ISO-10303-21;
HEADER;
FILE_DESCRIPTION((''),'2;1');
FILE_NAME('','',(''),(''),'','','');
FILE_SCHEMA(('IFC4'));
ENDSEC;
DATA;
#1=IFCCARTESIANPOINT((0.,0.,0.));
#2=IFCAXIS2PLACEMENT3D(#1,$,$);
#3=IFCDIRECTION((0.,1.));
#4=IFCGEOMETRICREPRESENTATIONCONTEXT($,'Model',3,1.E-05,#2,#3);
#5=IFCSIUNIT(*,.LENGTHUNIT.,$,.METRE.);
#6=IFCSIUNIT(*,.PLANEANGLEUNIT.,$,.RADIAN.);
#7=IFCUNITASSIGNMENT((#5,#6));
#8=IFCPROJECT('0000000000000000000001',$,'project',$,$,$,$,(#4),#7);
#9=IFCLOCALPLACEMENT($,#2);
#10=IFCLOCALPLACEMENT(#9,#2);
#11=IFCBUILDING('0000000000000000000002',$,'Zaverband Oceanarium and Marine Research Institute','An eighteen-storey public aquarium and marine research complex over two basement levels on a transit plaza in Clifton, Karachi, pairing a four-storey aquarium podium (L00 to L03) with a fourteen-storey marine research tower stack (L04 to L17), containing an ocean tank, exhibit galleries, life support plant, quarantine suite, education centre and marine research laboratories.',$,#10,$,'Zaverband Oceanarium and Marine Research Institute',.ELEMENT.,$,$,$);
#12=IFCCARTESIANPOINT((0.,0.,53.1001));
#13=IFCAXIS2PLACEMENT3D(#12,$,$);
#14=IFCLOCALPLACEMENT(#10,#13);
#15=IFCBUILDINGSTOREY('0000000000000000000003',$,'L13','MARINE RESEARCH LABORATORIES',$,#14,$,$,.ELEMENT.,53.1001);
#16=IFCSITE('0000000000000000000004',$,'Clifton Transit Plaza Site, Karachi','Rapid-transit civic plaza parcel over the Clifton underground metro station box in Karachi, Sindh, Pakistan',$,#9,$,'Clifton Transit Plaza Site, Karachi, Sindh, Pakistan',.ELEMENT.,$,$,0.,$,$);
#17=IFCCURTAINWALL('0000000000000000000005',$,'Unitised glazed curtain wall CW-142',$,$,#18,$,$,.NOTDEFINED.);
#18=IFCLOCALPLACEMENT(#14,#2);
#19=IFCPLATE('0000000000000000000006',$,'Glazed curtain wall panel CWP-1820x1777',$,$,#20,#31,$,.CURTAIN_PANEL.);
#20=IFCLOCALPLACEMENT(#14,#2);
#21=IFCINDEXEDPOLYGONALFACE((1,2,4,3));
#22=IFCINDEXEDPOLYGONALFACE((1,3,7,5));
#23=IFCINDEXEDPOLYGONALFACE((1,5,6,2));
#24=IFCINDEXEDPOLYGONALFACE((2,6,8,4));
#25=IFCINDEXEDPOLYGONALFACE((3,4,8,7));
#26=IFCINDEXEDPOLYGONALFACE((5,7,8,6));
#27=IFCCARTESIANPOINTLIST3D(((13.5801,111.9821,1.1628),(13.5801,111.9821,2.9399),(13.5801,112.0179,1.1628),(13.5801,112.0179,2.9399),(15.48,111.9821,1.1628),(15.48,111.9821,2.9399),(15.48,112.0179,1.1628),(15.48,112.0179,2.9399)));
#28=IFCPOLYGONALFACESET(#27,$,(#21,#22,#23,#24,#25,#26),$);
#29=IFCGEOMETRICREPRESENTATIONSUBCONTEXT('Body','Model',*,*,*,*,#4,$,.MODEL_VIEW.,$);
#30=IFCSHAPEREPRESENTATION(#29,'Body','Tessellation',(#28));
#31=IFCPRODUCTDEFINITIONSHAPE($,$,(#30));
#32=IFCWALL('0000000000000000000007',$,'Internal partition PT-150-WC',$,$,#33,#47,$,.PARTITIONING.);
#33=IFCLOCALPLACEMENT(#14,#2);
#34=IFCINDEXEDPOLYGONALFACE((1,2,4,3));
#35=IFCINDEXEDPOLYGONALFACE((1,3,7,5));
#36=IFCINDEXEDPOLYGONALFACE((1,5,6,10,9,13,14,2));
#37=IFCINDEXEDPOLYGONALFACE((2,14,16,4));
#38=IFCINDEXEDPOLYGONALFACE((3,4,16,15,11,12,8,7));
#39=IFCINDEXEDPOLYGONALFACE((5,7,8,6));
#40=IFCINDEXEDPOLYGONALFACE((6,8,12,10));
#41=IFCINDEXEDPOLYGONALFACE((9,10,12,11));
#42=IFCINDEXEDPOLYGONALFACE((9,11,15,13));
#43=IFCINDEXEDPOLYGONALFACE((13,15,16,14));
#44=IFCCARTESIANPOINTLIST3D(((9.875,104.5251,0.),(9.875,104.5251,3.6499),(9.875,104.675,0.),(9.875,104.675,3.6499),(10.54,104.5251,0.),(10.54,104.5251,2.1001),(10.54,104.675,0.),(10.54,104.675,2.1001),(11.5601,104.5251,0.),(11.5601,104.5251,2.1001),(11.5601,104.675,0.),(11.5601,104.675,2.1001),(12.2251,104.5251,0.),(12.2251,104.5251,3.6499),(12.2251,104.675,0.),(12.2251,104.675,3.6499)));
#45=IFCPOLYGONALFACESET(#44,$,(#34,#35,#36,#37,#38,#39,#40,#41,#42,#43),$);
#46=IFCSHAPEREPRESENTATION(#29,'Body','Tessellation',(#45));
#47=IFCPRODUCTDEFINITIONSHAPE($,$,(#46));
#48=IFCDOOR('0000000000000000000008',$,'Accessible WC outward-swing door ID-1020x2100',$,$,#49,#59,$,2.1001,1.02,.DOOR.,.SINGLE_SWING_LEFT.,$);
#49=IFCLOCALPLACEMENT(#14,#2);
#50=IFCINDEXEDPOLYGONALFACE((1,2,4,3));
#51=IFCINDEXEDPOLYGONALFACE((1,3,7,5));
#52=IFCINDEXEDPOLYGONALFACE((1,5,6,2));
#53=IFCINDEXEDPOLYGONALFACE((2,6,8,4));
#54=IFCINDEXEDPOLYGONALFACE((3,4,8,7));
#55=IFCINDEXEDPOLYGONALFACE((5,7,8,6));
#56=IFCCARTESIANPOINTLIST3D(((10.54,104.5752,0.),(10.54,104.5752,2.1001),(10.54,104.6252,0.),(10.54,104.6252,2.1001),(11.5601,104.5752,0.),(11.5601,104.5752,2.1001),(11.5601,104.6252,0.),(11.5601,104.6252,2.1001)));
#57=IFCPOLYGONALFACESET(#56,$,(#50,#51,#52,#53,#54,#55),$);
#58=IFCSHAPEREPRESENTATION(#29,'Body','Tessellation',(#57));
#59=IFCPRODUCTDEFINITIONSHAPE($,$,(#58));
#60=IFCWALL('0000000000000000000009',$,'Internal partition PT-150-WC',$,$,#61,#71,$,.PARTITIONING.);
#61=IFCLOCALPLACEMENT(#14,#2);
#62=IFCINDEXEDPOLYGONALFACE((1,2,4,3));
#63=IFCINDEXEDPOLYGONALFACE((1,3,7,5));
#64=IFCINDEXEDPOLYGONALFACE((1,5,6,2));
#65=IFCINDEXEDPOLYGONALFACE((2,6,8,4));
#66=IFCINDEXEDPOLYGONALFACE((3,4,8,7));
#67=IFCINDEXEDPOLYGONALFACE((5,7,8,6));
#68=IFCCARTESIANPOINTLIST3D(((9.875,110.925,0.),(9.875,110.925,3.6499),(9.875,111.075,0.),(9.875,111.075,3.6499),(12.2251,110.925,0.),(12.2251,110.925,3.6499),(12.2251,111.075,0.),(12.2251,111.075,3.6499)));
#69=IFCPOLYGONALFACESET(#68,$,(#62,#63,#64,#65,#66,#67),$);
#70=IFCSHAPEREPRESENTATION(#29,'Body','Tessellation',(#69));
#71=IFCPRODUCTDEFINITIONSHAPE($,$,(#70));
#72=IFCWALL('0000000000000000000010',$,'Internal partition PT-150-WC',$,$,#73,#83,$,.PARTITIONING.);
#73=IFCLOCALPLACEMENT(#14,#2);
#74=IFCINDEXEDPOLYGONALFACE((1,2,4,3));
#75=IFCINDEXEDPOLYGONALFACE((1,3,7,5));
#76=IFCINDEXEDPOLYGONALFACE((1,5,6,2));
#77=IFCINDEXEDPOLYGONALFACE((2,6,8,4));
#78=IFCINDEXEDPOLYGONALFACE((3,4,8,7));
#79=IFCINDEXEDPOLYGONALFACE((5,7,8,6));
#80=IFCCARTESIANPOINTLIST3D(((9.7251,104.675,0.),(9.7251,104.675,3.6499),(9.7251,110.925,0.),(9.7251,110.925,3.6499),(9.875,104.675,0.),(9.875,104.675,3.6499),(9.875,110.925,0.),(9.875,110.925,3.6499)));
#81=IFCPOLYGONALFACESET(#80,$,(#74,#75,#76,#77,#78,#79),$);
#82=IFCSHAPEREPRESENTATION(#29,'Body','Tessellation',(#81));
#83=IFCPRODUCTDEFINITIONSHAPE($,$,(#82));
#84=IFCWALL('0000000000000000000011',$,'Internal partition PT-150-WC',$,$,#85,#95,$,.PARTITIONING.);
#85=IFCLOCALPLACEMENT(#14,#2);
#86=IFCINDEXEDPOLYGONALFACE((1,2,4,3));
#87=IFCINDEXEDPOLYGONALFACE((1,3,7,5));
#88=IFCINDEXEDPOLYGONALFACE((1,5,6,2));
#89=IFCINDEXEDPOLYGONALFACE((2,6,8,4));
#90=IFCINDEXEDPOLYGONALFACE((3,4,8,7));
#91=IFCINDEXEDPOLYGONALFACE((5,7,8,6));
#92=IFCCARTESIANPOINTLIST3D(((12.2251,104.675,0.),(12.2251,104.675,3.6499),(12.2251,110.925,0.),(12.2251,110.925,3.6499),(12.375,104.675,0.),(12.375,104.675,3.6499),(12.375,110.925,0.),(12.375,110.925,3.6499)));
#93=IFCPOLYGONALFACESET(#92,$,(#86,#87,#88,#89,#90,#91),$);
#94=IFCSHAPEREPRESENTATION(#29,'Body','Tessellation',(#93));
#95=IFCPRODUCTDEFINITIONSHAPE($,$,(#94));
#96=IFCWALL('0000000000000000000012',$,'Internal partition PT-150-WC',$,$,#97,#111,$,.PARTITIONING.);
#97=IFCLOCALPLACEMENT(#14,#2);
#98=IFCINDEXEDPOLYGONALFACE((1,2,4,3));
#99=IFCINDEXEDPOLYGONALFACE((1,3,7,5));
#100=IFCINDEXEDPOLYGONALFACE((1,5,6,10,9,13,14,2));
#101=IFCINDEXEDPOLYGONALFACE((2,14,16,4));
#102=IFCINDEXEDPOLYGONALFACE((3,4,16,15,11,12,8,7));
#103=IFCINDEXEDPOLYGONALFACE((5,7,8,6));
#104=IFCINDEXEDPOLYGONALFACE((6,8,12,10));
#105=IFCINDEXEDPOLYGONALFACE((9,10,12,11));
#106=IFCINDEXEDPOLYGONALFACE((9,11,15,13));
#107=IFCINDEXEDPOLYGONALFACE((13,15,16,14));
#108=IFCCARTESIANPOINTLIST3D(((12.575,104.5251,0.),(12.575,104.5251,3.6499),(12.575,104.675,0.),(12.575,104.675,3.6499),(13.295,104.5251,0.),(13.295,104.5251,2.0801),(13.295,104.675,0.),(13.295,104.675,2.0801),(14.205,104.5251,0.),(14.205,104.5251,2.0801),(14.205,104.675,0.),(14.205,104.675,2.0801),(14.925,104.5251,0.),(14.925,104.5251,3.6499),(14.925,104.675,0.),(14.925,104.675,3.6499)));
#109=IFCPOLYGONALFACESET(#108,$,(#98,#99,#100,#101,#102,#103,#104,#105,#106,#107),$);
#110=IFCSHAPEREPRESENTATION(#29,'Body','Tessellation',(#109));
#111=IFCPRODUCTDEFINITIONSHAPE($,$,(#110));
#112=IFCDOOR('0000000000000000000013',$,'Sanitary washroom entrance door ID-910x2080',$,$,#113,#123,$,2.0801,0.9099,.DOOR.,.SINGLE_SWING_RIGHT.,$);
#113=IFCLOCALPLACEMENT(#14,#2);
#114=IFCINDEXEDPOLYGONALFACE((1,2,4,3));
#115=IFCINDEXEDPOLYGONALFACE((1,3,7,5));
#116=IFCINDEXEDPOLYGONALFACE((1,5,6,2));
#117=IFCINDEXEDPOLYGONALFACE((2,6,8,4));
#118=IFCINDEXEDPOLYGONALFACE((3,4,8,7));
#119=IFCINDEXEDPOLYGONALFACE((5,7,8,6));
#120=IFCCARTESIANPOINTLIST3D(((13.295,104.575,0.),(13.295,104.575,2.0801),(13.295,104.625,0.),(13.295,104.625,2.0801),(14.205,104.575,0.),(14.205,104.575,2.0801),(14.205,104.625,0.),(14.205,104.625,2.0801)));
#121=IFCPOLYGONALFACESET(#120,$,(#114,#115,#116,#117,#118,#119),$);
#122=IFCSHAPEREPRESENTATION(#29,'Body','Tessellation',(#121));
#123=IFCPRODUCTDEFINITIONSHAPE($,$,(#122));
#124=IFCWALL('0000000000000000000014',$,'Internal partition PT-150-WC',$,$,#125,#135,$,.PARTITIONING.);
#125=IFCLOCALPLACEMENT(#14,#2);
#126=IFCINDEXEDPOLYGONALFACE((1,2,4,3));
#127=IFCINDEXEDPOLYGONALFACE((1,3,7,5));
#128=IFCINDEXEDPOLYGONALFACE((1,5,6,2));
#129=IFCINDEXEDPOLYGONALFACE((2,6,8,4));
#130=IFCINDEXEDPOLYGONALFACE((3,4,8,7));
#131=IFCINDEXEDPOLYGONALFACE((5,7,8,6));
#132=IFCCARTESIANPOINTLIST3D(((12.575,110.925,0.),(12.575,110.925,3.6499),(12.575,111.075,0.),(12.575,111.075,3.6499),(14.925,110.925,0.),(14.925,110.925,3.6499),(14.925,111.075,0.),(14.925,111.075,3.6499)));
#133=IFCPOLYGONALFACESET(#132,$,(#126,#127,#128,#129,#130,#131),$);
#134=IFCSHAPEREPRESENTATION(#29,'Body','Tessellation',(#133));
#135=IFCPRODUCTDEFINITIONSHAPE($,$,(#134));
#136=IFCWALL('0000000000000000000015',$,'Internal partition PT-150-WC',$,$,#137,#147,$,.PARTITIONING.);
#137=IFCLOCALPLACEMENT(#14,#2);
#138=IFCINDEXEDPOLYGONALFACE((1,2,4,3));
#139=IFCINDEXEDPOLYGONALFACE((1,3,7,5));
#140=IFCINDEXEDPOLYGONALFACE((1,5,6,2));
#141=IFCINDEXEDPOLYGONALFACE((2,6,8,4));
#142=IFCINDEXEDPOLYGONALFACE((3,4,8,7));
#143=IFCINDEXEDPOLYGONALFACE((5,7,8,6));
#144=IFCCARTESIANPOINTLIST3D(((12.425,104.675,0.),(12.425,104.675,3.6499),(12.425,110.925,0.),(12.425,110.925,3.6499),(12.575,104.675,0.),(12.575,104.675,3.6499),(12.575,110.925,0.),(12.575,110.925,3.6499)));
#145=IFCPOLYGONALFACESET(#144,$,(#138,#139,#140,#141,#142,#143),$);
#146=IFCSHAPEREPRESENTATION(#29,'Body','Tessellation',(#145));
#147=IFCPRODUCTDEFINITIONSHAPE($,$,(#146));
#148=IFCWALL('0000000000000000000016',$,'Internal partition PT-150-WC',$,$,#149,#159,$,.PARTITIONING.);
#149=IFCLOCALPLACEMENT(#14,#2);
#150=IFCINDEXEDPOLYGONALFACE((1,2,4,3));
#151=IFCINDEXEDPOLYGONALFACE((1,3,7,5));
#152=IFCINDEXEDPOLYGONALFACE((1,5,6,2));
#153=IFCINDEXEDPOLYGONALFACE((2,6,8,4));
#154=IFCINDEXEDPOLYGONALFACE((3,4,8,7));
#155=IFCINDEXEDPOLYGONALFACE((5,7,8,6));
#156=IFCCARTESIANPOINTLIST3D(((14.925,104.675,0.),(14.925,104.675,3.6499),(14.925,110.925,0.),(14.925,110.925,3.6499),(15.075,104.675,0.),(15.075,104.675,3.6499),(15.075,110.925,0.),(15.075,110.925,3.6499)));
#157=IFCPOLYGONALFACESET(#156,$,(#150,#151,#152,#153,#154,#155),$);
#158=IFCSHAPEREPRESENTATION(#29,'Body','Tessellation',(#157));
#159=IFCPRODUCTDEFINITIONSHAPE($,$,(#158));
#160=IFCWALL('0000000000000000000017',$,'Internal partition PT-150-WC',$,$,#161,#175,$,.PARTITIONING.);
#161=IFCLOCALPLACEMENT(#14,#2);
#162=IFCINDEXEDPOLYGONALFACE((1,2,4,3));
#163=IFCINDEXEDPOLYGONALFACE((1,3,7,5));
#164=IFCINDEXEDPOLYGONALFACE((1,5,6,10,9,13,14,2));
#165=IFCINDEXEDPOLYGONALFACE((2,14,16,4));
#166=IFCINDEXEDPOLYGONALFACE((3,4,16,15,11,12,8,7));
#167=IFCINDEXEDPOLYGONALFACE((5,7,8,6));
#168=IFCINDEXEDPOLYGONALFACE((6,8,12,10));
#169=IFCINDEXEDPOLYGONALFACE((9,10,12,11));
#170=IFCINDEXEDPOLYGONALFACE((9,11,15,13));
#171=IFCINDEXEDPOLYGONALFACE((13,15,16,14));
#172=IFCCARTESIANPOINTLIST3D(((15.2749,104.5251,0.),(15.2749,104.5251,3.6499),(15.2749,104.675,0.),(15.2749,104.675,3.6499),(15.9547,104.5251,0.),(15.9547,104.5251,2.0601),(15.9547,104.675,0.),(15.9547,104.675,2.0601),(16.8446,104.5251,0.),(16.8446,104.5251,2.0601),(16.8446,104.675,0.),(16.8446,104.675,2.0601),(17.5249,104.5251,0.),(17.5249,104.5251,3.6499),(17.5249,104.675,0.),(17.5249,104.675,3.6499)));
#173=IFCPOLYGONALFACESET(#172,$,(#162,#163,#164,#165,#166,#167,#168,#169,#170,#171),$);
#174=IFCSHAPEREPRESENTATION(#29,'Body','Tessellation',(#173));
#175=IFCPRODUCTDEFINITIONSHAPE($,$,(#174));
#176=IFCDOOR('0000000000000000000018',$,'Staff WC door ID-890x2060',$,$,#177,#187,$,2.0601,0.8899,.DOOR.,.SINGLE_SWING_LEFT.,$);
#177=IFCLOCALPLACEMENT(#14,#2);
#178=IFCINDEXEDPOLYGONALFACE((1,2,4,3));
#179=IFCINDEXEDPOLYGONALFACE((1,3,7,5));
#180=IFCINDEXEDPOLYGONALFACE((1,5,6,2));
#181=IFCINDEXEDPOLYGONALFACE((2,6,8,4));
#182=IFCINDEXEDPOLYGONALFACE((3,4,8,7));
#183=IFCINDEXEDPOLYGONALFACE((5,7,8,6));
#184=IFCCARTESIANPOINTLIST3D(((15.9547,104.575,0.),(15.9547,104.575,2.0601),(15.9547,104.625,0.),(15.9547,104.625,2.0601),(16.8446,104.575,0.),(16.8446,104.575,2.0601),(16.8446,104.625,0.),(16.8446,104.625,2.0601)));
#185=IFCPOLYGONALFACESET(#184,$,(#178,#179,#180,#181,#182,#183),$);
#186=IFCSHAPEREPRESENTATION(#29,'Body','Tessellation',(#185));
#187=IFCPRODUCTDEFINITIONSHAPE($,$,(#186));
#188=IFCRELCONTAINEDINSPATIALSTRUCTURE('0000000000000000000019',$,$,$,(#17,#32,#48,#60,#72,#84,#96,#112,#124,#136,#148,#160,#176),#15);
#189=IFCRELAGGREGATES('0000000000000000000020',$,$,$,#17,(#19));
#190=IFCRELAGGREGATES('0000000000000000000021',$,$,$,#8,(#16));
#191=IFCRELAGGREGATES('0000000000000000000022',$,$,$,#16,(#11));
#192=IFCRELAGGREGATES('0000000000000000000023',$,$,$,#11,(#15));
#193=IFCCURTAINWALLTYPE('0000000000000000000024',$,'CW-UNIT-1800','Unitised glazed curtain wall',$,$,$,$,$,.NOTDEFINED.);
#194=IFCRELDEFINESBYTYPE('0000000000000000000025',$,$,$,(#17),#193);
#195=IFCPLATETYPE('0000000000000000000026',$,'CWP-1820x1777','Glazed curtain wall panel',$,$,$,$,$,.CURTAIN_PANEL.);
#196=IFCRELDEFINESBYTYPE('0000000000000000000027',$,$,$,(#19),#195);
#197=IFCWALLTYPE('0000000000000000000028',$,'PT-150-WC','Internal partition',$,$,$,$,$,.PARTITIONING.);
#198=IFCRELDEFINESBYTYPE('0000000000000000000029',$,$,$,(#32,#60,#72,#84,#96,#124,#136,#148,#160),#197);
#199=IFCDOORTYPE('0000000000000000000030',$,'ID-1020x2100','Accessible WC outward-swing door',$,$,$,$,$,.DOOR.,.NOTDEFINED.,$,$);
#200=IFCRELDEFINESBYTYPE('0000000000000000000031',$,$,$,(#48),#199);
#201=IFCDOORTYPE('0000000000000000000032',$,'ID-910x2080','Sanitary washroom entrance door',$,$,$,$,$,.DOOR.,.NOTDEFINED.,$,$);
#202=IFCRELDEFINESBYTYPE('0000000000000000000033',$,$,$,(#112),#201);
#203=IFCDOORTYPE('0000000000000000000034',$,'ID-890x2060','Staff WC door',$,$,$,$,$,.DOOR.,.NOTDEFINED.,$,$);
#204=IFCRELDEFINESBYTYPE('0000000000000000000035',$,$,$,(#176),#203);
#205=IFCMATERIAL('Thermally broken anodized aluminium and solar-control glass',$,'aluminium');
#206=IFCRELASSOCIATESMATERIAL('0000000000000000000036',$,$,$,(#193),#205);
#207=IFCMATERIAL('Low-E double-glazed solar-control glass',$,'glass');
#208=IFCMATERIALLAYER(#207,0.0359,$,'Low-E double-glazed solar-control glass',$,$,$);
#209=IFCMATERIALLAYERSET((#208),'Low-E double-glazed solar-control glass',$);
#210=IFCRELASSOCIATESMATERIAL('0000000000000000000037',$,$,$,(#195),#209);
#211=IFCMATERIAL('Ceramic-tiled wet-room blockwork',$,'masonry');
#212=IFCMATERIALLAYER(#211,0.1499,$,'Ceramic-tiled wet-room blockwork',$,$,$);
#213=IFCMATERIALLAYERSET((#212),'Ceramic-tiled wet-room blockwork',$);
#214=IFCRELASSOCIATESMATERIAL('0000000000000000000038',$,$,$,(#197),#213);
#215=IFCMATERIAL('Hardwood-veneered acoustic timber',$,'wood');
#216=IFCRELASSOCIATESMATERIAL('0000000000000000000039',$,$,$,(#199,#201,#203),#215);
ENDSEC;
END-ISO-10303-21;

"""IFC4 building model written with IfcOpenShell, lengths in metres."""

from ifc_helpers import new_model, si_unit, direction, frame, frame_2d, origin, place, context, subcontext, project, spatial, rectangle, extrude, material, layer, layer_set, type_object, element, fill, aggregate, save


model = new_model("IFC4")

# Units and contexts
model_context = context("Model", 3, precision=1e-05, world=origin(), true_north=direction((0.0, 1.0)))
body_context = subcontext(model_context, "Body", "Model", "MODEL_VIEW")
ifc_project = project(units=[si_unit("LENGTHUNIT", "METRE"), si_unit("PLANEANGLEUNIT", "RADIAN")], contexts=[model_context])

# Site, building, storey
site_placement = place(None, origin())
site = spatial("IfcSite", under=ifc_project, at=site_placement, Name="Clifton Transit Plaza Site, Karachi", Description="Rapid-transit civic plaza parcel over the Clifton underground metro station box in Karachi, Sindh, Pakistan", LongName="Clifton Transit Plaza Site, Karachi, Sindh, Pakistan", CompositionType="ELEMENT", RefElevation=0.0)
building_placement = place(site_placement, origin())
building = spatial("IfcBuilding", under=site, at=building_placement, Name="Zaverband Oceanarium and Marine Research Institute", Description="An eighteen-storey public aquarium and marine research complex over two basement levels on a transit plaza in Clifton, Karachi, pairing a four-storey aquarium podium (L00 to L03) with a fourteen-storey marine research tower stack (L04 to L17), containing an ocean tank, exhibit galleries, life support plant, quarantine suite, education centre and marine research laboratories.", LongName="Zaverband Oceanarium and Marine Research Institute", CompositionType="ELEMENT")
storey_placement = place(building_placement, frame((0.0, 0.0, 53.1001)))
storey = spatial("IfcBuildingStorey", under=building, at=storey_placement, Name="L13", Description="MARINE RESEARCH LABORATORIES", CompositionType="ELEMENT", Elevation=53.1001)

# Curtain wall
ifc_material_1 = material(Name="Thermally broken anodized aluminium and solar-control glass", Category="aluminium")
curtain_wall_type = type_object("IfcCurtainWallType", Name="CW-UNIT-1800", Description="Unitised glazed curtain wall", PredefinedType="NOTDEFINED", material=ifc_material_1)
curtain_wall_placement = place(storey_placement, origin())
curtain_wall = element("IfcCurtainWall", 1, at=curtain_wall_placement, inside=storey, type_object=curtain_wall_type, Name="Unitised glazed curtain wall CW-142", PredefinedType="NOTDEFINED")

# Plate
ifc_material_2 = material(Name="Low-E double-glazed solar-control glass", Category="glass")
ifc_layer_1 = layer(ifc_material_2, 0.0359, Name="Low-E double-glazed solar-control glass")
ifc_layer_set_1 = layer_set([ifc_layer_1], Name="Low-E double-glazed solar-control glass")
plate_type_1 = type_object("IfcPlateType", Name="CWP-1820x1777", Description="Glazed curtain wall panel", PredefinedType="CURTAIN_PANEL", material=ifc_layer_set_1)
plate_1_placement = place(storey_placement, frame((13.5801, 112.0, 1.1628), z_axis=(0.0, 0.0, 1.0), x_axis=(1.0, 0.0, 0.0)))
plate_1 = element("IfcPlate", 2, at=plate_1_placement, type_object=plate_type_1, Name="Glazed curtain wall panel CWP-1820x1777", PredefinedType="CURTAIN_PANEL", context=body_context, shape_type="SweptSolid", body=[
    extrude(rectangle(XDim=1.8999, YDim=0.0359, at=frame_2d((0.95, 0.0))), origin(), (0.0, 0.0, 1.0), 1.7771),
])
aggregate(curtain_wall, [plate_1])

# Wall, opening, door
ifc_material_3 = material(Name="Ceramic-tiled wet-room blockwork", Category="masonry")
ifc_layer_2 = layer(ifc_material_3, 0.1499, Name="Ceramic-tiled wet-room blockwork")
ifc_layer_set_2 = layer_set([ifc_layer_2], Name="Ceramic-tiled wet-room blockwork")
wall_type = type_object("IfcWallType", Name="PT-150-WC", Description="Internal partition", PredefinedType="PARTITIONING", material=ifc_layer_set_2)
wall_1_placement = place(storey_placement, frame((9.875, 104.6001, 0.0), z_axis=(0.0, 0.0, 1.0), x_axis=(1.0, 0.0, 0.0)))
wall_1 = element("IfcWall", 3, at=wall_1_placement, inside=storey, type_object=wall_type, Name="Internal partition PT-150-WC", PredefinedType="PARTITIONING", context=body_context, shape_type="SweptSolid", body=[
    extrude(rectangle(XDim=2.3501, YDim=0.1499, at=frame_2d((1.175, 0.0))), origin(), (0.0, 0.0, 1.0), 3.6499),
])
opening_1_placement = place(wall_1_placement, frame((0.665, 0.0, 0.0)))
opening_1 = element("IfcOpeningElement", 4, at=opening_1_placement, cuts=wall_1, PredefinedType="OPENING", context=body_context, shape_type="SweptSolid", body=[
    extrude(rectangle(XDim=1.02, YDim=2.1001, at=frame_2d((0.51, 1.05))), frame((0.0, 0.0869, 0.0), z_axis=(0.0, -1.0, 0.0), x_axis=(1.0, 0.0, 0.0)), (0.0, 0.0, 1.0), 0.1738),
])
ifc_material_4 = material(Name="Hardwood-veneered acoustic timber", Category="wood")
door_type_1 = type_object("IfcDoorType", Name="ID-1020x2100", Description="Accessible WC outward-swing door", OperationType="NOTDEFINED", PredefinedType="DOOR", material=ifc_material_4)
door_1_placement = place(opening_1_placement, frame((1.02, 0.0, 0.0), z_axis=(0.0, 0.0, 1.0), x_axis=(-1.0, 0.0, 0.0)))
door_1 = element("IfcDoor", 5, at=door_1_placement, inside=storey, type_object=door_type_1, Name="Accessible WC outward-swing door ID-1020x2100", OperationType="SINGLE_SWING_LEFT", OverallHeight=2.1001, OverallWidth=1.02, PredefinedType="DOOR", context=body_context, shape_type="SweptSolid", body=[
    extrude(rectangle(XDim=1.02, YDim=2.1001, at=frame_2d((0.51, 1.05))), frame((0.0, 0.0249, 0.0), z_axis=(0.0, -1.0, 0.0), x_axis=(1.0, 0.0, 0.0)), (0.0, 0.0, 1.0), 0.05),
])
fill(opening_1, door_1)

# Walls
wall_2_placement = place(storey_placement, frame((9.875, 111.0, 0.0), z_axis=(0.0, 0.0, 1.0), x_axis=(1.0, 0.0, 0.0)))
element("IfcWall", 6, at=wall_2_placement, inside=storey, type_object=wall_type, Name="Internal partition PT-150-WC", PredefinedType="PARTITIONING", context=body_context, shape_type="SweptSolid", body=[
    extrude(rectangle(XDim=2.3501, YDim=0.1499, at=frame_2d((1.175, 0.0))), origin(), (0.0, 0.0, 1.0), 3.6499),
])
for number, where, z_axis, x_axis, name in (
    (7, (9.8, 104.675, 0.0), (0.0, 0.0, 1.0), (0.0, 1.0, 0.0), "Internal partition PT-150-WC"),
    (8, (12.3, 104.675, 0.0), (0.0, 0.0, 1.0), (0.0, 1.0, 0.0), "Internal partition PT-150-WC"),
):
    element("IfcWall", number, at=place(storey_placement, frame(where, z_axis=z_axis, x_axis=x_axis)), inside=storey, type_object=wall_type, Name=name, PredefinedType="PARTITIONING", context=body_context, shape_type="SweptSolid", body=[
        extrude(rectangle(XDim=6.25, YDim=0.1499, at=frame_2d((3.125, 0.0))), origin(), (0.0, 0.0, 1.0), 3.6499),
    ])

# Wall, opening, door
wall_3_placement = place(storey_placement, frame((12.575, 104.6001, 0.0), z_axis=(0.0, 0.0, 1.0), x_axis=(1.0, 0.0, 0.0)))
wall_3 = element("IfcWall", 9, at=wall_3_placement, inside=storey, type_object=wall_type, Name="Internal partition PT-150-WC", PredefinedType="PARTITIONING", context=body_context, shape_type="SweptSolid", body=[
    extrude(rectangle(XDim=2.3501, YDim=0.1499, at=frame_2d((1.175, 0.0))), origin(), (0.0, 0.0, 1.0), 3.6499),
])
opening_2_placement = place(wall_3_placement, frame((0.72, 0.0, 0.0)))
opening_2 = element("IfcOpeningElement", 10, at=opening_2_placement, cuts=wall_3, PredefinedType="OPENING", context=body_context, shape_type="SweptSolid", body=[
    extrude(rectangle(XDim=0.9099, YDim=2.0801, at=frame_2d((0.4551, 1.04))), frame((0.0, 0.0869, 0.0), z_axis=(0.0, -1.0, 0.0), x_axis=(1.0, 0.0, 0.0)), (0.0, 0.0, 1.0), 0.1738),
])
door_type_2 = type_object("IfcDoorType", Name="ID-910x2080", Description="Sanitary washroom entrance door", OperationType="NOTDEFINED", PredefinedType="DOOR", material=ifc_material_4)
door_2_placement = place(opening_2_placement, origin())
door_2 = element("IfcDoor", 11, at=door_2_placement, inside=storey, type_object=door_type_2, Name="Sanitary washroom entrance door ID-910x2080", OperationType="SINGLE_SWING_RIGHT", OverallHeight=2.0801, OverallWidth=0.9099, PredefinedType="DOOR", context=body_context, shape_type="SweptSolid", body=[
    extrude(rectangle(XDim=0.9099, YDim=2.0801, at=frame_2d((0.4551, 1.04))), frame((0.0, 0.0249, 0.0), z_axis=(0.0, -1.0, 0.0), x_axis=(1.0, 0.0, 0.0)), (0.0, 0.0, 1.0), 0.05),
])
fill(opening_2, door_2)

# Walls
wall_4_placement = place(storey_placement, frame((12.575, 111.0, 0.0), z_axis=(0.0, 0.0, 1.0), x_axis=(1.0, 0.0, 0.0)))
element("IfcWall", 12, at=wall_4_placement, inside=storey, type_object=wall_type, Name="Internal partition PT-150-WC", PredefinedType="PARTITIONING", context=body_context, shape_type="SweptSolid", body=[
    extrude(rectangle(XDim=2.3501, YDim=0.1499, at=frame_2d((1.175, 0.0))), origin(), (0.0, 0.0, 1.0), 3.6499),
])
for number, where, z_axis, x_axis, name in (
    (13, (12.5, 104.675, 0.0), (0.0, 0.0, 1.0), (0.0, 1.0, 0.0), "Internal partition PT-150-WC"),
    (14, (15.0, 104.675, 0.0), (0.0, 0.0, 1.0), (0.0, 1.0, 0.0), "Internal partition PT-150-WC"),
):
    element("IfcWall", number, at=place(storey_placement, frame(where, z_axis=z_axis, x_axis=x_axis)), inside=storey, type_object=wall_type, Name=name, PredefinedType="PARTITIONING", context=body_context, shape_type="SweptSolid", body=[
        extrude(rectangle(XDim=6.25, YDim=0.1499, at=frame_2d((3.125, 0.0))), origin(), (0.0, 0.0, 1.0), 3.6499),
    ])

# Wall, opening, door
wall_5_placement = place(storey_placement, frame((15.2749, 104.6001, 0.0), z_axis=(0.0, 0.0, 1.0), x_axis=(1.0, 0.0, 0.0)))
wall_5 = element("IfcWall", 15, at=wall_5_placement, inside=storey, type_object=wall_type, Name="Internal partition PT-150-WC", PredefinedType="PARTITIONING", context=body_context, shape_type="SweptSolid", body=[
    extrude(rectangle(XDim=2.25, YDim=0.1499, at=frame_2d((1.125, 0.0))), origin(), (0.0, 0.0, 1.0), 3.6499),
])
opening_3_placement = place(wall_5_placement, frame((0.6799, 0.0, 0.0)))
opening_3 = element("IfcOpeningElement", 16, at=opening_3_placement, cuts=wall_5, PredefinedType="OPENING", context=body_context, shape_type="SweptSolid", body=[
    extrude(rectangle(XDim=0.8899, YDim=2.0601, at=frame_2d((0.4448, 1.03))), frame((0.0, 0.0869, 0.0), z_axis=(0.0, -1.0, 0.0), x_axis=(1.0, 0.0, 0.0)), (0.0, 0.0, 1.0), 0.1738),
])
door_type_3 = type_object("IfcDoorType", Name="ID-890x2060", Description="Staff WC door", OperationType="NOTDEFINED", PredefinedType="DOOR", material=ifc_material_4)
door_3_placement = place(opening_3_placement, origin())
door_3 = element("IfcDoor", 17, at=door_3_placement, inside=storey, type_object=door_type_3, Name="Staff WC door ID-890x2060", OperationType="SINGLE_SWING_LEFT", OverallHeight=2.0601, OverallWidth=0.8899, PredefinedType="DOOR", context=body_context, shape_type="SweptSolid", body=[
    extrude(rectangle(XDim=0.8899, YDim=2.0601, at=frame_2d((0.4448, 1.03))), frame((0.0, 0.0249, 0.0), z_axis=(0.0, -1.0, 0.0), x_axis=(1.0, 0.0, 0.0)), (0.0, 0.0, 1.0), 0.05),
])
fill(opening_3, door_3)

save(model, "model.ifc")
